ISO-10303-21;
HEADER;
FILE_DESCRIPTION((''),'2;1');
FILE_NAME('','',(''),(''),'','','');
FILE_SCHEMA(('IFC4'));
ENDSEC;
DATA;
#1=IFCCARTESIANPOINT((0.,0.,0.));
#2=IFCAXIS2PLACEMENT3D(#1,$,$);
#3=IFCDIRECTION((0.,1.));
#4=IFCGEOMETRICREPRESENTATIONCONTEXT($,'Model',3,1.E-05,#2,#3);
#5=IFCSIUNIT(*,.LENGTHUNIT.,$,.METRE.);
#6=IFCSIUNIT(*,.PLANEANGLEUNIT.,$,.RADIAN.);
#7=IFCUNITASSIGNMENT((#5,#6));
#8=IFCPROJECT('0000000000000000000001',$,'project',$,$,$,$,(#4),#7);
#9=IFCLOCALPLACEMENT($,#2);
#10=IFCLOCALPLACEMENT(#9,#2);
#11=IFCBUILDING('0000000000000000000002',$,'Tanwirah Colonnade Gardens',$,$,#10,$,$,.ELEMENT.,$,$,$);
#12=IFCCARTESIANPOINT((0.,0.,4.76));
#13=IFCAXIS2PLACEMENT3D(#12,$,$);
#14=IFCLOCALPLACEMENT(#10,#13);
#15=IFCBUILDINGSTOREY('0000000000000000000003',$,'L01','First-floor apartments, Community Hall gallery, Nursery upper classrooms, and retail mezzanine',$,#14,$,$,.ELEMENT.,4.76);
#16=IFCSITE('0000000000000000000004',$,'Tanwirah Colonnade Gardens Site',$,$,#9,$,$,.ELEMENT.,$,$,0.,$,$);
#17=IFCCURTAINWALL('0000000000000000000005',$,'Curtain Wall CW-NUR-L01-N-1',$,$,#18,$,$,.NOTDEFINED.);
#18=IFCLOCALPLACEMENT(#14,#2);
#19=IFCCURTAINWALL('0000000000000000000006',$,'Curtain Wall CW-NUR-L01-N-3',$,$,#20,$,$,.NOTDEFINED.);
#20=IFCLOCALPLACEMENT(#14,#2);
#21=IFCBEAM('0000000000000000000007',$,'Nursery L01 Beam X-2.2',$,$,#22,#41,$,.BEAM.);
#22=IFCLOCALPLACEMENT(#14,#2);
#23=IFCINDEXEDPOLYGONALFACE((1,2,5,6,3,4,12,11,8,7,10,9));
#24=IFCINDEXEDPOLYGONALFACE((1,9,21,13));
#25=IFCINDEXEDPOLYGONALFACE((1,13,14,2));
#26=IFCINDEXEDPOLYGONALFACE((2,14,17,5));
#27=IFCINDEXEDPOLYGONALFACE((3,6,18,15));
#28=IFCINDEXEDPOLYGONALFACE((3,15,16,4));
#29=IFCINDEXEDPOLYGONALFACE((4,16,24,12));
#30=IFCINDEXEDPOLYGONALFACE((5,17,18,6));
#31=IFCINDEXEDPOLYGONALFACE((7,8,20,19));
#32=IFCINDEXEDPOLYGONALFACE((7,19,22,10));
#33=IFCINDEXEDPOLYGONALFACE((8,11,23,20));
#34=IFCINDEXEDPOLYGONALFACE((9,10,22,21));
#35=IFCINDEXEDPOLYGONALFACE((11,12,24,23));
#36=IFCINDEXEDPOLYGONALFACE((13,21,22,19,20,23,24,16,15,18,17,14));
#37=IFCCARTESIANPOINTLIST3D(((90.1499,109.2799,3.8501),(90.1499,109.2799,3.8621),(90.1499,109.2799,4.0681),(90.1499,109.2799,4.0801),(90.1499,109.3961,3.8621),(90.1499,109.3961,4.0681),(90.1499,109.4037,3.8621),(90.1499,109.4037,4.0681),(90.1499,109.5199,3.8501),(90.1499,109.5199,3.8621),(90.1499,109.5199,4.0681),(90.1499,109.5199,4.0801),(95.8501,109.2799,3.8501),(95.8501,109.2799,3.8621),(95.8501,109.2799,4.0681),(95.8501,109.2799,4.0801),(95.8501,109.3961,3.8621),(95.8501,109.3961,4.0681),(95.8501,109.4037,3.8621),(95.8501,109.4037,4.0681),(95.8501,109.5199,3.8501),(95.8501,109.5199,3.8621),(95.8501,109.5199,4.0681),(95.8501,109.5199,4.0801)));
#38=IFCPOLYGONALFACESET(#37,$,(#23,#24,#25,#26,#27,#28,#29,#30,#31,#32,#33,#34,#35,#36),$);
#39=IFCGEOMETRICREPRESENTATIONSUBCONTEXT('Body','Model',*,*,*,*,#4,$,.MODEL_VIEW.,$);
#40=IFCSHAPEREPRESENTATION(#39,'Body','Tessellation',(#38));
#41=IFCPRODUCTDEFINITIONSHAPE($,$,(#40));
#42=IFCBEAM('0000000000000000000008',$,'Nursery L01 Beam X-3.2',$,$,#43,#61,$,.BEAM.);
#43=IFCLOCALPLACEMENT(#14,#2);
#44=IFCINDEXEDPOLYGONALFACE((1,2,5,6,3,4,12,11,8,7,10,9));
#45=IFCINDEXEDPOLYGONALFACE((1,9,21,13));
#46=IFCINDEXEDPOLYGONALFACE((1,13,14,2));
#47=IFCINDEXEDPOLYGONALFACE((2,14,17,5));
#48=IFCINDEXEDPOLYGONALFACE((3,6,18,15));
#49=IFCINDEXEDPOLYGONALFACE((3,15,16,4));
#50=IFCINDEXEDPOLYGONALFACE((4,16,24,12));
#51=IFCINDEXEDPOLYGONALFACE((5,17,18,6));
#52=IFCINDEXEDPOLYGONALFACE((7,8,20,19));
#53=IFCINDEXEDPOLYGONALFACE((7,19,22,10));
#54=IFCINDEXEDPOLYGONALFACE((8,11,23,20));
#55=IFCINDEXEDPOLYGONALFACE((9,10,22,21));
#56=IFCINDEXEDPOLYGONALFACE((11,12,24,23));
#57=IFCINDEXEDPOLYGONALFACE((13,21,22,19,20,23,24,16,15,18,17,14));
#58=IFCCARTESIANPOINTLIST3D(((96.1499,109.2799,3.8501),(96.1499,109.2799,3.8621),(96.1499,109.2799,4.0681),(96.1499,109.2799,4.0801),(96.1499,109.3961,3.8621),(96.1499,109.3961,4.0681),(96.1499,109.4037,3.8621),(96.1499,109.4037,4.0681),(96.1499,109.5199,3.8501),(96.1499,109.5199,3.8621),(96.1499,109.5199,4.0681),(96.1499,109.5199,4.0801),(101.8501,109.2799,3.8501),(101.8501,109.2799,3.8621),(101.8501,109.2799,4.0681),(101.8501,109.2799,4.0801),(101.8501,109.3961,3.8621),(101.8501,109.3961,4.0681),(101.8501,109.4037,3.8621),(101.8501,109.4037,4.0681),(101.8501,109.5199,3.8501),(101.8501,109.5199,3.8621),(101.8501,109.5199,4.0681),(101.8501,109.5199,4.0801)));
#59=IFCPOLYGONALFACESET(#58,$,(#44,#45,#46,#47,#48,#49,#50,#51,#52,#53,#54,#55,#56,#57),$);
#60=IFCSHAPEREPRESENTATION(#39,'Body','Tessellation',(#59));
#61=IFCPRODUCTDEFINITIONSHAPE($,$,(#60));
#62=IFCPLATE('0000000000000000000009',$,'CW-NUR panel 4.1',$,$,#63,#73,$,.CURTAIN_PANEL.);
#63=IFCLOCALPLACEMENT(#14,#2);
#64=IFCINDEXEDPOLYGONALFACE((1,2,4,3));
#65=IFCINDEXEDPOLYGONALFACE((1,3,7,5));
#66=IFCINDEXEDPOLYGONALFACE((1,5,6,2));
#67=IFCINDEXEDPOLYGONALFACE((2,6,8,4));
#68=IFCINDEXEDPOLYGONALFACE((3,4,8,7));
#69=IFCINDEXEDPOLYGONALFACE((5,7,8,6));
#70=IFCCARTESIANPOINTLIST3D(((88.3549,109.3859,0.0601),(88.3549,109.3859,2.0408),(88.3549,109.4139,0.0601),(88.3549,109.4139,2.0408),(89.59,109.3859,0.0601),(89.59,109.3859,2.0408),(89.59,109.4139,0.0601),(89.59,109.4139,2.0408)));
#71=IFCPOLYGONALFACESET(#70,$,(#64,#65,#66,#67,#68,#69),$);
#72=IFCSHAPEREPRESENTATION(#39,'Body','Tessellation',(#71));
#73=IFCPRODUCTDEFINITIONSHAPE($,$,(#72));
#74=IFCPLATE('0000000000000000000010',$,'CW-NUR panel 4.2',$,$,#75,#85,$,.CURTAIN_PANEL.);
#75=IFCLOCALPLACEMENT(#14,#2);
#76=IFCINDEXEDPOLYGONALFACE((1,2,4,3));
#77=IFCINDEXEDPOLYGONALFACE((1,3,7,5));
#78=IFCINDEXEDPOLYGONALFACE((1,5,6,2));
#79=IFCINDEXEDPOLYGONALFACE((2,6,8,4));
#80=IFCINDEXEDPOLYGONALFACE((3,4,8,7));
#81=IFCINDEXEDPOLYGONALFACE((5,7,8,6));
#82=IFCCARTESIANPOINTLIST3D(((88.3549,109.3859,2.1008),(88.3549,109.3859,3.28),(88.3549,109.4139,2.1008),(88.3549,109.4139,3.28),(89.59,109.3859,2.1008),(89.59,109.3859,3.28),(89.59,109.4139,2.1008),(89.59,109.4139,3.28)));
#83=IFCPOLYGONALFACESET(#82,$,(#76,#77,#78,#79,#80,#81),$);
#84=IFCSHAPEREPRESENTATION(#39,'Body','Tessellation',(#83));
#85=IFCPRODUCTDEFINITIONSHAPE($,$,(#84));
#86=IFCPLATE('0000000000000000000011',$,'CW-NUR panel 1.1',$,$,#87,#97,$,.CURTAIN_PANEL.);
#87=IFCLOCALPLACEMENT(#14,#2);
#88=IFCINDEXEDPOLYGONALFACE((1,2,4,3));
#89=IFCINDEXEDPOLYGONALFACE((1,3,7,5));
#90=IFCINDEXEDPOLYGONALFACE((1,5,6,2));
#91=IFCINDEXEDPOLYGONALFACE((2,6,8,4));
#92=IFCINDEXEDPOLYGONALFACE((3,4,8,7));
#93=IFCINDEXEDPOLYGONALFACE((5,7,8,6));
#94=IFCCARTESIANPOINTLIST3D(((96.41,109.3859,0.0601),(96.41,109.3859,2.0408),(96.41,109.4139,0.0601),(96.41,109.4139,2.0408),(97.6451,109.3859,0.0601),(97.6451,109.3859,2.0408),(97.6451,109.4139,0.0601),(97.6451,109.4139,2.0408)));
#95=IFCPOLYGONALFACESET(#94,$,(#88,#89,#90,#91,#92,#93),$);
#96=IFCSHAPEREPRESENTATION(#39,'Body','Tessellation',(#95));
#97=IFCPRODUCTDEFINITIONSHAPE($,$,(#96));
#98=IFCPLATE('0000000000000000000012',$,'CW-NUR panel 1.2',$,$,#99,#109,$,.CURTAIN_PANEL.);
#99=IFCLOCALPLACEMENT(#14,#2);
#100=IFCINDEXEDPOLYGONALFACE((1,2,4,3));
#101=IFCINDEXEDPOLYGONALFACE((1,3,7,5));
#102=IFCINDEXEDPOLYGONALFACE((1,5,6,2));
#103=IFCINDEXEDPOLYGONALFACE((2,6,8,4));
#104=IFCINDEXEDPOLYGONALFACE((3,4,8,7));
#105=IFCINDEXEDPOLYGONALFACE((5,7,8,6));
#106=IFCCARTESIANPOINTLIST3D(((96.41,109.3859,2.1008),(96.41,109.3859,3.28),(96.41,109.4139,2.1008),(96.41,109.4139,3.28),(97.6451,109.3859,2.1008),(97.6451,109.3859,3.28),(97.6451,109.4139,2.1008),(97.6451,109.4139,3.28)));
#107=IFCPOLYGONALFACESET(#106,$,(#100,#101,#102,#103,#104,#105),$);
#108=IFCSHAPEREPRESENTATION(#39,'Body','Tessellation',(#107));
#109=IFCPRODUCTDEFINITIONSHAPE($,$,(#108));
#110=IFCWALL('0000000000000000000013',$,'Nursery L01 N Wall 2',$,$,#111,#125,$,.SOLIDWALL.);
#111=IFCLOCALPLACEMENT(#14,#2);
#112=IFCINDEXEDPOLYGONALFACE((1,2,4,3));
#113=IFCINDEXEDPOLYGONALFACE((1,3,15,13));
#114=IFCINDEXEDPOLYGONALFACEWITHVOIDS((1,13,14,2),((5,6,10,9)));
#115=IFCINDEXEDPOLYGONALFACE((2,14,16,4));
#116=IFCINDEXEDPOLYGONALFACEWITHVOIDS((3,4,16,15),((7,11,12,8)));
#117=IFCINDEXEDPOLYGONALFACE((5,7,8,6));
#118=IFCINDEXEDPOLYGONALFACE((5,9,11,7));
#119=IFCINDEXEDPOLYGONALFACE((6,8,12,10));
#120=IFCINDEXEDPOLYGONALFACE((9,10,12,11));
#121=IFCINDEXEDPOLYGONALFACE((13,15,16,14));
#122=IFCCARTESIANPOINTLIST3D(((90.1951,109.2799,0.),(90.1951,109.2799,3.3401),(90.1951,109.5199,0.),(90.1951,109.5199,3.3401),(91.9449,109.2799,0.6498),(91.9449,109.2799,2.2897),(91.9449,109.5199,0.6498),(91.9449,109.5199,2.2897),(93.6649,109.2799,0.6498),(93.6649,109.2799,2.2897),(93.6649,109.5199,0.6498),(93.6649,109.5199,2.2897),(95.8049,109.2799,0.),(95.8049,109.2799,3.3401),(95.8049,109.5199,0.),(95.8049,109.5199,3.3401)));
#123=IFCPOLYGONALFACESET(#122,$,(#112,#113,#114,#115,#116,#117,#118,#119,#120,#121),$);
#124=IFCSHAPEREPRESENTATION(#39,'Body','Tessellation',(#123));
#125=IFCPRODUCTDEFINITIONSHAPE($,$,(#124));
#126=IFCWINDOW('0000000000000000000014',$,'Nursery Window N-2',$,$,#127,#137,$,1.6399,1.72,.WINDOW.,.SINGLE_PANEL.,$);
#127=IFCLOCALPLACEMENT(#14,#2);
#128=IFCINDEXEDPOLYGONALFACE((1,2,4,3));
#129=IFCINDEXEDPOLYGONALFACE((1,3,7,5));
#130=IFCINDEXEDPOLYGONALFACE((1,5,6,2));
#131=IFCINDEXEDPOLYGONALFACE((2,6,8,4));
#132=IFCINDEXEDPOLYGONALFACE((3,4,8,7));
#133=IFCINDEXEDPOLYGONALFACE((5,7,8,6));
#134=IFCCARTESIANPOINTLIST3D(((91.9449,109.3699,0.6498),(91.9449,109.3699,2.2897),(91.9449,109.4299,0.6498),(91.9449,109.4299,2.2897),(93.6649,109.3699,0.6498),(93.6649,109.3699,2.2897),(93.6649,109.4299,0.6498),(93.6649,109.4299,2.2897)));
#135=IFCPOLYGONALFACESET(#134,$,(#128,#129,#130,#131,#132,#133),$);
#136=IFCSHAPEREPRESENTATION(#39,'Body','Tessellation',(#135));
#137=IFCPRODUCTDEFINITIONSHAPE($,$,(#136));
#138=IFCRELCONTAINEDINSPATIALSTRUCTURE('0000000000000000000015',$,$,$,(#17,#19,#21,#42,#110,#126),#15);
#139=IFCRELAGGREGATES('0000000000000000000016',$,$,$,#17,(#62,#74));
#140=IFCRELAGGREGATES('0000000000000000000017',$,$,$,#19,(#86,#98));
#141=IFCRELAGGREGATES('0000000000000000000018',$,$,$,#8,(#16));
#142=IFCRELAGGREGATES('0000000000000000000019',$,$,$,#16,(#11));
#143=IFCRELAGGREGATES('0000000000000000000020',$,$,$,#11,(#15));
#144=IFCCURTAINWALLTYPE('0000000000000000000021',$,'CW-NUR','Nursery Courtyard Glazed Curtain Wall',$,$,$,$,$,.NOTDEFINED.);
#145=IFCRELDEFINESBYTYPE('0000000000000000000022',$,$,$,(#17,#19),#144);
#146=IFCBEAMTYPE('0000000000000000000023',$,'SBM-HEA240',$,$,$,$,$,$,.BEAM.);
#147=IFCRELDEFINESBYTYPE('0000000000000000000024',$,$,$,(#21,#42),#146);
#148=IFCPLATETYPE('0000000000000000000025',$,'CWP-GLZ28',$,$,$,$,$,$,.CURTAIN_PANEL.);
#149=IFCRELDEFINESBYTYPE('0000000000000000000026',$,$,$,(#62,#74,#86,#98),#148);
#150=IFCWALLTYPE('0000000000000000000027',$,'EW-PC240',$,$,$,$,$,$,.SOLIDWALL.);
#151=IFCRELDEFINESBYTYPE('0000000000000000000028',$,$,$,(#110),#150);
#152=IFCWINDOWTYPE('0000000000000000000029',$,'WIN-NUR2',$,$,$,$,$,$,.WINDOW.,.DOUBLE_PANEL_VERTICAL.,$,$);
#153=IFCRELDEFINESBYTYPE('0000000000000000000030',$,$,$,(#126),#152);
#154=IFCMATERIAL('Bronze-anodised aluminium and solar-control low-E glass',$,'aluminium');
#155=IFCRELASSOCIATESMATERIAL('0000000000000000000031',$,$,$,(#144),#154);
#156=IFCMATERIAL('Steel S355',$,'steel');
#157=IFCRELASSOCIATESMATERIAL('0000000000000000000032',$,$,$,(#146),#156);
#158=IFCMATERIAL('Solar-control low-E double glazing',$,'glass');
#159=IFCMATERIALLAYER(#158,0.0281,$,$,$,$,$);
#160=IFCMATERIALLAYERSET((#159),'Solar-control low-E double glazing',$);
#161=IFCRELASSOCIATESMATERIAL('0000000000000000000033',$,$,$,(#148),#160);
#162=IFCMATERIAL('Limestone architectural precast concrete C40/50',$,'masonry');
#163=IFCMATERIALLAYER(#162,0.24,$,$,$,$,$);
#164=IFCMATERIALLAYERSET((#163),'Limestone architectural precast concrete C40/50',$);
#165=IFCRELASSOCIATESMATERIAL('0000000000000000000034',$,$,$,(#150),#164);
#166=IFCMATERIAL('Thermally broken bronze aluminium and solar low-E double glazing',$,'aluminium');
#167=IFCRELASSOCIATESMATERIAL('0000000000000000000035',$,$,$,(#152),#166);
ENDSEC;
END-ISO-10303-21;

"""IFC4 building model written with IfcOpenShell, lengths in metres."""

from ifc_helpers import new_model, si_unit, direction, frame, frame_2d, origin, origin_2d, place, context, subcontext, project, spatial, rectangle, i_section, extrude, material, layer, layer_set, material_profile, profile_set, type_object, element, fill, aggregate, save


model = new_model("IFC4")

# Units and contexts
model_context = context("Model", 3, precision=1e-05, world=origin(), true_north=direction((0.0, 1.0)))
body_context = subcontext(model_context, "Body", "Model", "MODEL_VIEW")
ifc_project = project(units=[si_unit("LENGTHUNIT", "METRE"), si_unit("PLANEANGLEUNIT", "RADIAN")], contexts=[model_context])

# Site, building, storey
site_placement = place(None, origin())
site = spatial("IfcSite", under=ifc_project, at=site_placement, Name="Tanwirah Colonnade Gardens Site", CompositionType="ELEMENT", RefElevation=0.0)
building_placement = place(site_placement, origin())
building = spatial("IfcBuilding", under=site, at=building_placement, Name="Tanwirah Colonnade Gardens", CompositionType="ELEMENT")
storey_placement = place(building_placement, frame((0.0, 0.0, 4.76)))
storey = spatial("IfcBuildingStorey", under=building, at=storey_placement, Name="L01", Description="First-floor apartments, Community Hall gallery, Nursery upper classrooms, and retail mezzanine", CompositionType="ELEMENT", Elevation=4.76)

# Curtain wall
ifc_material_1 = material(Name="Bronze-anodised aluminium and solar-control low-E glass", Category="aluminium")
curtain_wall_type = type_object("IfcCurtainWallType", Name="CW-NUR", Description="Nursery Courtyard Glazed Curtain Wall", PredefinedType="NOTDEFINED", material=ifc_material_1)
curtain_wall_1_placement = place(storey_placement, origin())
curtain_wall_1 = element("IfcCurtainWall", 1, at=curtain_wall_1_placement, inside=storey, type_object=curtain_wall_type, Name="Curtain Wall CW-NUR-L01-N-1", PredefinedType="NOTDEFINED")

# Curtain wall
curtain_wall_2_placement = place(storey_placement, origin())
curtain_wall_2 = element("IfcCurtainWall", 2, at=curtain_wall_2_placement, inside=storey, type_object=curtain_wall_type, Name="Curtain Wall CW-NUR-L01-N-3", PredefinedType="NOTDEFINED")

# Beams
ifc_material_2 = material(Name="Steel S355", Category="steel")
ifc_material_profile_1 = material_profile(ifc_material_2, i_section(OverallWidth=0.24, OverallDepth=0.23, WebThickness=0.0076, FlangeThickness=0.012, at=origin_2d()), Name="HEA 240")
ifc_profile_set_1 = profile_set([ifc_material_profile_1], Name="Steel S355")
beam_type = type_object("IfcBeamType", Name="SBM-HEA240", PredefinedType="BEAM", material=ifc_profile_set_1)
for number, where, z_axis, x_axis, name in (
    (3, (90.1499, 109.3999, 3.9651), (1.0, 0.0, 0.0), (0.0, 1.0, 0.0), "Nursery L01 Beam X-2.2"),
    (4, (96.1499, 109.3999, 3.9651), (1.0, 0.0, 0.0), (0.0, 1.0, 0.0), "Nursery L01 Beam X-3.2"),
):
    element("IfcBeam", number, at=place(storey_placement, frame(where, z_axis=z_axis, x_axis=x_axis)), inside=storey, type_object=beam_type, Name=name, PredefinedType="BEAM", context=body_context, shape_type="SweptSolid", body=[
        extrude(i_section(OverallWidth=0.24, OverallDepth=0.23, WebThickness=0.0076, FlangeThickness=0.012, at=origin_2d()), origin(), (0.0, 0.0, 1.0), 5.7002),
    ])

# Plates
ifc_material_3 = material(Name="Solar-control low-E double glazing", Category="glass")
ifc_layer_1 = layer(ifc_material_3, 0.0281)
ifc_layer_set_1 = layer_set([ifc_layer_1], Name="Solar-control low-E double glazing")
plate_type = type_object("IfcPlateType", Name="CWP-GLZ28", PredefinedType="CURTAIN_PANEL", material=ifc_layer_set_1)
plate_1_placement = place(storey_placement, frame((88.9724, 109.3999, 0.0601), z_axis=(0.0, 0.0, 1.0), x_axis=(1.0, 0.0, 0.0)))
plate_1 = element("IfcPlate", 5, at=plate_1_placement, type_object=plate_type, Name="CW-NUR panel 4.1", PredefinedType="CURTAIN_PANEL", context=body_context, shape_type="SweptSolid", body=[
    extrude(rectangle(XDim=1.2351, YDim=0.0281, at=origin_2d()), origin(), (0.0, 0.0, 1.0), 1.9807),
])
plate_2_placement = place(storey_placement, frame((88.9724, 109.3999, 2.1008), z_axis=(0.0, 0.0, 1.0), x_axis=(1.0, 0.0, 0.0)))
plate_2 = element("IfcPlate", 6, at=plate_2_placement, type_object=plate_type, Name="CW-NUR panel 4.2", PredefinedType="CURTAIN_PANEL", context=body_context, shape_type="SweptSolid", body=[
    extrude(rectangle(XDim=1.2351, YDim=0.0281, at=origin_2d()), origin(), (0.0, 0.0, 1.0), 1.1792),
])
aggregate(curtain_wall_1, [plate_1, plate_2])
plate_3_placement = place(storey_placement, frame((97.0276, 109.3999, 0.0601), z_axis=(0.0, 0.0, 1.0), x_axis=(1.0, 0.0, 0.0)))
plate_3 = element("IfcPlate", 7, at=plate_3_placement, type_object=plate_type, Name="CW-NUR panel 1.1", PredefinedType="CURTAIN_PANEL", context=body_context, shape_type="SweptSolid", body=[
    extrude(rectangle(XDim=1.2351, YDim=0.0281, at=origin_2d()), origin(), (0.0, 0.0, 1.0), 1.9807),
])
plate_4_placement = place(storey_placement, frame((97.0276, 109.3999, 2.1008), z_axis=(0.0, 0.0, 1.0), x_axis=(1.0, 0.0, 0.0)))
plate_4 = element("IfcPlate", 8, at=plate_4_placement, type_object=plate_type, Name="CW-NUR panel 1.2", PredefinedType="CURTAIN_PANEL", context=body_context, shape_type="SweptSolid", body=[
    extrude(rectangle(XDim=1.2351, YDim=0.0281, at=origin_2d()), origin(), (0.0, 0.0, 1.0), 1.1792),
])
aggregate(curtain_wall_2, [plate_3, plate_4])

# Wall, opening, window
ifc_material_4 = material(Name="Limestone architectural precast concrete C40/50", Category="masonry")
ifc_layer_2 = layer(ifc_material_4, 0.24)
ifc_layer_set_2 = layer_set([ifc_layer_2], Name="Limestone architectural precast concrete C40/50")
wall_type = type_object("IfcWallType", Name="EW-PC240", PredefinedType="SOLIDWALL", material=ifc_layer_set_2)
wall_placement = place(storey_placement, frame((90.1951, 109.3999, 0.0), z_axis=(0.0, 0.0, 1.0), x_axis=(1.0, 0.0, 0.0)))
wall = element("IfcWall", 9, at=wall_placement, inside=storey, type_object=wall_type, Name="Nursery L01 N Wall 2", PredefinedType="SOLIDWALL", context=body_context, shape_type="SweptSolid", body=[
    extrude(rectangle(XDim=5.6099, YDim=0.24, at=frame_2d((2.8049, 0.0))), origin(), (0.0, 0.0, 1.0), 3.3401),
])
opening_placement = place(wall_placement, frame((1.75, 0.0, 0.6499)))
opening = element("IfcOpeningElement", 10, at=opening_placement, cuts=wall, PredefinedType="OPENING", context=body_context, shape_type="SweptSolid", body=[
    extrude(rectangle(XDim=1.72, YDim=1.6399, at=frame_2d((0.8599, 0.8198))), frame((0.0, 0.1299, 0.0), z_axis=(0.0, -1.0, 0.0), x_axis=(1.0, 0.0, 0.0)), (0.0, 0.0, 1.0), 0.26),
])
ifc_material_5 = material(Name="Thermally broken bronze aluminium and solar low-E double glazing", Category="aluminium")
window_type = type_object("IfcWindowType", Name="WIN-NUR2", PartitioningType="DOUBLE_PANEL_VERTICAL", PredefinedType="WINDOW", material=ifc_material_5)
window_placement = place(opening_placement, origin())
window = element("IfcWindow", 11, at=window_placement, inside=storey, type_object=window_type, Name="Nursery Window N-2", OverallHeight=1.6399, OverallWidth=1.72, PartitioningType="SINGLE_PANEL", PredefinedType="WINDOW", context=body_context, shape_type="SweptSolid", body=[
    extrude(rectangle(XDim=1.72, YDim=1.6399, at=frame_2d((0.8599, 0.8198))), frame((0.0, 0.03, 0.0), z_axis=(0.0, -1.0, 0.0), x_axis=(1.0, 0.0, 0.0)), (0.0, 0.0, 1.0), 0.0601),
])
fill(opening, window)

save(model, "model.ifc")
